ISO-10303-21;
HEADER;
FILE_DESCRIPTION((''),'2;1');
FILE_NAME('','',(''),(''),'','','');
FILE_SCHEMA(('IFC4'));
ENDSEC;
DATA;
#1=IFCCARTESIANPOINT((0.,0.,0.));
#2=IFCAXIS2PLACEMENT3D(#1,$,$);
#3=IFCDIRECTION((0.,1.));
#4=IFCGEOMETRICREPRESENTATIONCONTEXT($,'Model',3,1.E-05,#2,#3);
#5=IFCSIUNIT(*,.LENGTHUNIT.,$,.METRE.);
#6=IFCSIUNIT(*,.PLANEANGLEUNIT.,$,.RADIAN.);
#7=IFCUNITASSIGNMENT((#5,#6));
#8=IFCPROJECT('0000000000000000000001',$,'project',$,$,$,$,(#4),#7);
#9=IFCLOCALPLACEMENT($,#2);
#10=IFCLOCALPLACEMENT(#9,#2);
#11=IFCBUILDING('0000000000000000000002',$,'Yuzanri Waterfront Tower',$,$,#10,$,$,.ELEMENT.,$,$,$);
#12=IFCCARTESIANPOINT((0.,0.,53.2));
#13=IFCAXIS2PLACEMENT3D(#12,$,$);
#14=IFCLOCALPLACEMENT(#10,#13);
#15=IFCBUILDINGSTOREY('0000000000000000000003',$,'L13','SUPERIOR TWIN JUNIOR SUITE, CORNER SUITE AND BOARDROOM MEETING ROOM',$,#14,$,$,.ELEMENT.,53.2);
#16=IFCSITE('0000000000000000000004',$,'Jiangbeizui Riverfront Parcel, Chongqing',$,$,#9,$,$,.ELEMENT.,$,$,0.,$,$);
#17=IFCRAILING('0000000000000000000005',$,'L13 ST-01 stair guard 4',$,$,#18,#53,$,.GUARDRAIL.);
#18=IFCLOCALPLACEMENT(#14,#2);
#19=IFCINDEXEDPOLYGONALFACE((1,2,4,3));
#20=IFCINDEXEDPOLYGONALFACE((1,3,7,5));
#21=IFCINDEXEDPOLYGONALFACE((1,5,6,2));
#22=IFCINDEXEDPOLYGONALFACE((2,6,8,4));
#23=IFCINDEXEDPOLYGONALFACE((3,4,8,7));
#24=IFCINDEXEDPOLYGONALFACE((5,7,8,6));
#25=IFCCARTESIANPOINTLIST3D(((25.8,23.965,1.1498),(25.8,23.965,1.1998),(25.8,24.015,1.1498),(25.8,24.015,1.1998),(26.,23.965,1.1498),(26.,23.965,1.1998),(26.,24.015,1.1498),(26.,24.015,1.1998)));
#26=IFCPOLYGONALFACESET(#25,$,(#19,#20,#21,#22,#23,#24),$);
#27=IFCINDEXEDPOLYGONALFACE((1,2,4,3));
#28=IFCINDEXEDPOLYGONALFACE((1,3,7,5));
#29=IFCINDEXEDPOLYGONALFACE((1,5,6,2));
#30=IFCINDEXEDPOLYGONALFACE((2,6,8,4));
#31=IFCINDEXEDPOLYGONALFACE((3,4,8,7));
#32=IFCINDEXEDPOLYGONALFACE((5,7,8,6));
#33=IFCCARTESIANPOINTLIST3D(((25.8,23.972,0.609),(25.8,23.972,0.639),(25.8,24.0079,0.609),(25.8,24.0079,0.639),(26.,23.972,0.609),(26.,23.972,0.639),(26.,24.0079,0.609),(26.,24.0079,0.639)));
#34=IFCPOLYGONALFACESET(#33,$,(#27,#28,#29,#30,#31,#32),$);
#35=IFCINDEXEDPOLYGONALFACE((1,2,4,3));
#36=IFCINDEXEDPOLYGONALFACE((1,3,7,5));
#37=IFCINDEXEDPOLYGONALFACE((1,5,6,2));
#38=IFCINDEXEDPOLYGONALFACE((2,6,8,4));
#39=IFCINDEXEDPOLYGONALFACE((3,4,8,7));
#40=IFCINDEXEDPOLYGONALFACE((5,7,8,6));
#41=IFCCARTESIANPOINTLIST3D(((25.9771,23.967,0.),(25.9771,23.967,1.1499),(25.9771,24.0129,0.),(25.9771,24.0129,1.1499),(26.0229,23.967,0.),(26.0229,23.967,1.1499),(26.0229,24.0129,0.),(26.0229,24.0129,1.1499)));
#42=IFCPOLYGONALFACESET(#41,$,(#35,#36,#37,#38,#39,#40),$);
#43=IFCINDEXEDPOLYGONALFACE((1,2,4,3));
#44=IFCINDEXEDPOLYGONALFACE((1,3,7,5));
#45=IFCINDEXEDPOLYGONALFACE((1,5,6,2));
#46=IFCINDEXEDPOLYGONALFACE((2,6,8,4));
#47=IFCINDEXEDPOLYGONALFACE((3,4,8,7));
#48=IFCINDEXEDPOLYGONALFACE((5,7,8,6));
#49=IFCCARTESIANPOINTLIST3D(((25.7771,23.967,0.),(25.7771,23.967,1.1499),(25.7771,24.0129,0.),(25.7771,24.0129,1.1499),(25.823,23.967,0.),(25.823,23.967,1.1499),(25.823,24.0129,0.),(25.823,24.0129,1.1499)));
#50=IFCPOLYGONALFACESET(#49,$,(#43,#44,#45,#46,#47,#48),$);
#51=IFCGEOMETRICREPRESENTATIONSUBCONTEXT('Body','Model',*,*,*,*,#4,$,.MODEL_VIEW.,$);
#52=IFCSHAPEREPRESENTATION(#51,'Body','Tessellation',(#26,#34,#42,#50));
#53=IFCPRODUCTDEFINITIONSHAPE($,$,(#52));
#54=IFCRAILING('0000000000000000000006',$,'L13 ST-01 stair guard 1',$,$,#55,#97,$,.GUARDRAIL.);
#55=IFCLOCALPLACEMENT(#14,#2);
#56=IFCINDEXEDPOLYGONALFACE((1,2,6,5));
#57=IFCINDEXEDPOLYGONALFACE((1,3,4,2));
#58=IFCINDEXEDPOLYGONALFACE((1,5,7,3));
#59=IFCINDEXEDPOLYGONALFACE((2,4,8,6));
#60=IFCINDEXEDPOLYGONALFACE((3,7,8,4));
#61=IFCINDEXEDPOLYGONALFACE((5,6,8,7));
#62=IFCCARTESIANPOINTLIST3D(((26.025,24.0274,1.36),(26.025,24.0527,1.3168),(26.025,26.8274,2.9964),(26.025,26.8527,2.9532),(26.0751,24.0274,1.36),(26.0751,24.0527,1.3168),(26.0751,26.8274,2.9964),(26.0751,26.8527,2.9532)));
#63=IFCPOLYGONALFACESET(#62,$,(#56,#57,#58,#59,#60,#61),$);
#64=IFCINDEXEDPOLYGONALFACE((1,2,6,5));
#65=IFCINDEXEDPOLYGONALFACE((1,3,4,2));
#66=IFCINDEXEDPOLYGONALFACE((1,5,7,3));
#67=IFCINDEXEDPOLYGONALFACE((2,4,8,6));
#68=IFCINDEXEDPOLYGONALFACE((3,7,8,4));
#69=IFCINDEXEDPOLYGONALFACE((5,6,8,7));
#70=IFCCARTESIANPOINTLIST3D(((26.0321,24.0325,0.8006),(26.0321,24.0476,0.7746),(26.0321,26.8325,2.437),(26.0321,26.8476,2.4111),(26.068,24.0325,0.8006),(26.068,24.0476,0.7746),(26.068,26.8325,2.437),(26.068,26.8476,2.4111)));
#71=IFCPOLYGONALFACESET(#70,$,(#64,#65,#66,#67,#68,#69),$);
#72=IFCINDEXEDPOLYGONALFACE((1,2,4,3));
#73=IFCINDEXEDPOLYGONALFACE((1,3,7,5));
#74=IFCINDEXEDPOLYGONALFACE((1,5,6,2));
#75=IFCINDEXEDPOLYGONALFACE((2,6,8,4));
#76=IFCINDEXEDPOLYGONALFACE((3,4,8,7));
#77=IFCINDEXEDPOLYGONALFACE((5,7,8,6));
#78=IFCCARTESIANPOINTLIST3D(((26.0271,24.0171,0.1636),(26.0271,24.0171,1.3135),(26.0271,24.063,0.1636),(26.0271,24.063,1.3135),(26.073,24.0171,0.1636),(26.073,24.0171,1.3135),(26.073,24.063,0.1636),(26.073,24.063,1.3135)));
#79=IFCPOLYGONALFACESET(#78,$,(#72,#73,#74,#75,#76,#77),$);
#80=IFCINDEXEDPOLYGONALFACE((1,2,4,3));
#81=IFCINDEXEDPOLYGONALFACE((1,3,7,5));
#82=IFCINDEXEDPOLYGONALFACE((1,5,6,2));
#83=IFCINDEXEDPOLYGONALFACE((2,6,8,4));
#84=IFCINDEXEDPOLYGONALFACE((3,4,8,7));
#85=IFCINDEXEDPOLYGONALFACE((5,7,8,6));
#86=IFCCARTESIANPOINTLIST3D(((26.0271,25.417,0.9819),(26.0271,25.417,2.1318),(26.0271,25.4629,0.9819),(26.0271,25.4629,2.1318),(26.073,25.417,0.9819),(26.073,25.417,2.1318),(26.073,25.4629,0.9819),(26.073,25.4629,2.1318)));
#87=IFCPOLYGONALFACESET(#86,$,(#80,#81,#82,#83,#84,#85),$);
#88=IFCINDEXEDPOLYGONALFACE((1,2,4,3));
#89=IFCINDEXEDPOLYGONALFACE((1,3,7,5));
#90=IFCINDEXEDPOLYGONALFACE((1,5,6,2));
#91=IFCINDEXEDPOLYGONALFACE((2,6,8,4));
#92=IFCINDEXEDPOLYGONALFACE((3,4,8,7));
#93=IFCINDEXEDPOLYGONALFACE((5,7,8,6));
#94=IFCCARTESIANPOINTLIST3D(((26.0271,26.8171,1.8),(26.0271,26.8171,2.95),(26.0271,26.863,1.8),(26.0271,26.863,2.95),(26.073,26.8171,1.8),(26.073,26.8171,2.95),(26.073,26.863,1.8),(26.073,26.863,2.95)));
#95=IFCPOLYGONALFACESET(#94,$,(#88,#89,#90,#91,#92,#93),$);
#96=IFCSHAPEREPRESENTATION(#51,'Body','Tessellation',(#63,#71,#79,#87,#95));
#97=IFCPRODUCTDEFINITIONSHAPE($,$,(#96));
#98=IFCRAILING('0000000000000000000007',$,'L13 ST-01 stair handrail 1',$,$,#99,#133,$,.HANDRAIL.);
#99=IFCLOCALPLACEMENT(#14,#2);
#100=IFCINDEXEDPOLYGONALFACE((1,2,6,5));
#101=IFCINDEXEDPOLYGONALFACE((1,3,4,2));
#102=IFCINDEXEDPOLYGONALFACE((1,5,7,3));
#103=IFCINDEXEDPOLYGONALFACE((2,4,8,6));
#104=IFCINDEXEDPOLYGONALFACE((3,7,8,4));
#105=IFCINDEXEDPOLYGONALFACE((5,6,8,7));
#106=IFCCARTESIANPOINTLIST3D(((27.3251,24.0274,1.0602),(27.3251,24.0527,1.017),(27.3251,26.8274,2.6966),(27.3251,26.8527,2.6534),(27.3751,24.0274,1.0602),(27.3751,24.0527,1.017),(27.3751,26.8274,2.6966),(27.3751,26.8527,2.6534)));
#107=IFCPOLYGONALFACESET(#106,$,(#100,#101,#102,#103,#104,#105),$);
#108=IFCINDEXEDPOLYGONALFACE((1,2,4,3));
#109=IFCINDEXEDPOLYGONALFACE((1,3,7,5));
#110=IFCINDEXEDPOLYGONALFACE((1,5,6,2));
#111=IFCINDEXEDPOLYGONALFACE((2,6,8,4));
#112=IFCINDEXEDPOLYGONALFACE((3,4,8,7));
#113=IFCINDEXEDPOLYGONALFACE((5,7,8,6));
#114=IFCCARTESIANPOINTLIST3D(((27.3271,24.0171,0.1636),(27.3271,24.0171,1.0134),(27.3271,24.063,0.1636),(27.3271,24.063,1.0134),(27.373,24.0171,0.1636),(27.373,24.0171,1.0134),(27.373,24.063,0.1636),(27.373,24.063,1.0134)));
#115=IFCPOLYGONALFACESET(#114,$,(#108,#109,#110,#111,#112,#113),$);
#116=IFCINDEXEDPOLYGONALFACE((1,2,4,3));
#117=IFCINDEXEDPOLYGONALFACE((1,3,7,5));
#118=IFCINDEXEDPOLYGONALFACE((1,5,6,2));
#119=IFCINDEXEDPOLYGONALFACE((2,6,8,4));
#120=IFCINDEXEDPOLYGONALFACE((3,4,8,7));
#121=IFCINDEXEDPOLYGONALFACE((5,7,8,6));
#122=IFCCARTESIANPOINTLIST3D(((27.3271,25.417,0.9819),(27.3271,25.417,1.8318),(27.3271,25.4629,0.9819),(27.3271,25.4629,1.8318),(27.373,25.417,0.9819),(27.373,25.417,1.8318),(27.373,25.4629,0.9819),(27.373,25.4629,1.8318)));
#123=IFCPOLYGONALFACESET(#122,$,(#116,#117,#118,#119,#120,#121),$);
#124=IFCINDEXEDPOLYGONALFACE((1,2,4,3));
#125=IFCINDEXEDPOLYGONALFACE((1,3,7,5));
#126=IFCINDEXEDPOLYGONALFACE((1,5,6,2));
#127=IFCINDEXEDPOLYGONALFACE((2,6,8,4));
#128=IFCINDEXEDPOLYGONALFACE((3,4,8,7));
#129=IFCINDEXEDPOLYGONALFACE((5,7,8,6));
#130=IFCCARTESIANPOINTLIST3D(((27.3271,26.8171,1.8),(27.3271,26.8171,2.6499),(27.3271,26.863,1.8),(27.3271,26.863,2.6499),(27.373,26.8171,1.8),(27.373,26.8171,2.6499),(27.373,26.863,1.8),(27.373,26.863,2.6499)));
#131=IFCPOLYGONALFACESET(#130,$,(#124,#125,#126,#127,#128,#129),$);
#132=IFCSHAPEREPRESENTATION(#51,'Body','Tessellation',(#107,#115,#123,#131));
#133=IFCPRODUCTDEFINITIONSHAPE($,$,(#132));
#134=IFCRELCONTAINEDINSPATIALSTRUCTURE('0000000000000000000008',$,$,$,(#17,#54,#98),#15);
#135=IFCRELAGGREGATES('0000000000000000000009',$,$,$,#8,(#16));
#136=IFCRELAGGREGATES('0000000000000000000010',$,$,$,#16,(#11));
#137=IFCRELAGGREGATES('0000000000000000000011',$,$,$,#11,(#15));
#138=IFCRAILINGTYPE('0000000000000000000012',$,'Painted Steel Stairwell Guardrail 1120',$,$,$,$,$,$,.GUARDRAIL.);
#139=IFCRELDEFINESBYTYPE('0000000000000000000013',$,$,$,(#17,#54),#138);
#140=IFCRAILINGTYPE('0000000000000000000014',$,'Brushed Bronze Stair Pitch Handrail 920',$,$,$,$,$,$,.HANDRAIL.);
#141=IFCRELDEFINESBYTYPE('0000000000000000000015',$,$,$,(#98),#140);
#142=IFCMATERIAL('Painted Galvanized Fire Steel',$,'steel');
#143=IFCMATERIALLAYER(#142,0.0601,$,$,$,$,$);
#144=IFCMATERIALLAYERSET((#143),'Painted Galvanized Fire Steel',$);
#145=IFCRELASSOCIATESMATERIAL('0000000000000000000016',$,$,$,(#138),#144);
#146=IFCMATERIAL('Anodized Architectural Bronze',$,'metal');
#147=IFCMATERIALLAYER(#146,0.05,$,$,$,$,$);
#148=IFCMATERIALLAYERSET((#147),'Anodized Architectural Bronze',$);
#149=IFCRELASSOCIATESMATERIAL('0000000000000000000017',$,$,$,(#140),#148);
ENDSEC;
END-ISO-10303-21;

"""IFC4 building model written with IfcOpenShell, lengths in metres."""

from ifc_helpers import new_model, si_unit, direction, frame, origin, origin_2d, place, context, subcontext, project, spatial, rectangle, extrude, source, transform, mapped, material, layer, layer_set, type_object, element, save


model = new_model("IFC4")

# Units and contexts
model_context = context("Model", 3, precision=1e-05, world=origin(), true_north=direction((0.0, 1.0)))
body_context = subcontext(model_context, "Body", "Model", "MODEL_VIEW")
ifc_project = project(units=[si_unit("LENGTHUNIT", "METRE"), si_unit("PLANEANGLEUNIT", "RADIAN")], contexts=[model_context])

# Site, building, storey
site_placement = place(None, origin())
site = spatial("IfcSite", under=ifc_project, at=site_placement, Name="Jiangbeizui Riverfront Parcel, Chongqing", CompositionType="ELEMENT", RefElevation=0.0)
building_placement = place(site_placement, origin())
building = spatial("IfcBuilding", under=site, at=building_placement, Name="Yuzanri Waterfront Tower", CompositionType="ELEMENT")
storey_placement = place(building_placement, frame((0.0, 0.0, 53.2)))
storey = spatial("IfcBuildingStorey", under=building, at=storey_placement, Name="L13", Description="SUPERIOR TWIN JUNIOR SUITE, CORNER SUITE AND BOARDROOM MEETING ROOM", CompositionType="ELEMENT", Elevation=53.2)

# Railings
ifc_material_1 = material(Name="Painted Galvanized Fire Steel", Category="steel")
ifc_layer_1 = layer(ifc_material_1, 0.0601)
ifc_layer_set_1 = layer_set([ifc_layer_1], Name="Painted Galvanized Fire Steel")
railing_type_1 = type_object("IfcRailingType", Name="Painted Steel Stairwell Guardrail 1120", PredefinedType="GUARDRAIL", material=ifc_layer_set_1)
shared_shape_1 = source(origin(), body_context, "Body", "SweptSolid", [
    extrude(rectangle(XDim=0.05, YDim=0.05, at=origin_2d()), frame((0.0, 0.0, 1.1748), z_axis=(-1.0, 0.0, 0.0), x_axis=(0.0, -1.0, 0.0)), (0.0, 0.0, 1.0), 0.2),
    extrude(rectangle(XDim=0.0359, YDim=0.03, at=origin_2d()), frame((0.0, 0.0, 0.624), z_axis=(-1.0, 0.0, 0.0), x_axis=(0.0, -1.0, 0.0)), (0.0, 0.0, 1.0), 0.2),
    extrude(rectangle(XDim=0.0459, YDim=0.0459, at=origin_2d()), origin(), (0.0, 0.0, 1.0), 1.1499),
    extrude(rectangle(XDim=0.0459, YDim=0.0459, at=origin_2d()), frame((-0.2, 0.0, 0.0)), (0.0, 0.0, 1.0), 1.1499),
])
railing_1_placement = place(storey_placement, frame((26.0, 23.99, 0.0)))
element("IfcRailing", 1, at=railing_1_placement, inside=storey, type_object=railing_type_1, Name="L13 ST-01 stair guard 4", PredefinedType="GUARDRAIL", context=body_context, shape_type="MappedRepresentation", body=[
    mapped(shared_shape_1, transform((0.0, 0.0, 0.0), scale=1.0)),
])
shared_shape_2 = source(origin(), body_context, "Body", "SweptSolid", [
    extrude(rectangle(XDim=0.05, YDim=0.05, at=origin_2d()), frame((0.0, 0.0, 1.1748), z_axis=(0.0, 0.863361, 0.504587), x_axis=(-1.0, 0.0, 0.0)), (0.0, 0.0, 1.0), 3.2432),
    extrude(rectangle(XDim=0.0359, YDim=0.03, at=origin_2d()), frame((0.0, 0.0, 0.624), z_axis=(0.0, 0.863361, 0.504587), x_axis=(-1.0, 0.0, 0.0)), (0.0, 0.0, 1.0), 3.2432),
    extrude(rectangle(XDim=0.0459, YDim=0.0459, at=origin_2d()), origin(), (0.0, 0.0, 1.0), 1.1499),
    extrude(rectangle(XDim=0.0459, YDim=0.0459, at=origin_2d()), frame((0.0, 1.3999, 0.8184)), (0.0, 0.0, 1.0), 1.1499),
    extrude(rectangle(XDim=0.0459, YDim=0.0459, at=origin_2d()), frame((0.0, 2.8, 1.6365)), (0.0, 0.0, 1.0), 1.1499),
])
railing_2_placement = place(storey_placement, frame((26.05, 24.04, 0.1636)))
element("IfcRailing", 2, at=railing_2_placement, inside=storey, type_object=railing_type_1, Name="L13 ST-01 stair guard 1", PredefinedType="GUARDRAIL", context=body_context, shape_type="MappedRepresentation", body=[
    mapped(shared_shape_2, transform((0.0, 0.0, 0.0), scale=1.0)),
])
ifc_material_2 = material(Name="Anodized Architectural Bronze", Category="metal")
ifc_layer_2 = layer(ifc_material_2, 0.05)
ifc_layer_set_2 = layer_set([ifc_layer_2], Name="Anodized Architectural Bronze")
railing_type_2 = type_object("IfcRailingType", Name="Brushed Bronze Stair Pitch Handrail 920", PredefinedType="HANDRAIL", material=ifc_layer_set_2)
shared_shape_3 = source(origin(), body_context, "Body", "SweptSolid", [
    extrude(rectangle(XDim=0.05, YDim=0.05, at=origin_2d()), frame((0.0, 0.0, 0.875), z_axis=(0.0, 0.863361, 0.504587), x_axis=(-1.0, 0.0, 0.0)), (0.0, 0.0, 1.0), 3.2432),
    extrude(rectangle(XDim=0.0459, YDim=0.0459, at=origin_2d()), origin(), (0.0, 0.0, 1.0), 0.8499),
    extrude(rectangle(XDim=0.0459, YDim=0.0459, at=origin_2d()), frame((0.0, 1.3999, 0.8184)), (0.0, 0.0, 1.0), 0.8499),
    extrude(rectangle(XDim=0.0459, YDim=0.0459, at=origin_2d()), frame((0.0, 2.8, 1.6365)), (0.0, 0.0, 1.0), 0.8499),
])
railing_3_placement = place(storey_placement, frame((27.3501, 24.04, 0.1636)))
element("IfcRailing", 3, at=railing_3_placement, inside=storey, type_object=railing_type_2, Name="L13 ST-01 stair handrail 1", PredefinedType="HANDRAIL", context=body_context, shape_type="MappedRepresentation", body=[
    mapped(shared_shape_3, transform((0.0, 0.0, 0.0), scale=1.0)),
])

save(model, "model.ifc")
